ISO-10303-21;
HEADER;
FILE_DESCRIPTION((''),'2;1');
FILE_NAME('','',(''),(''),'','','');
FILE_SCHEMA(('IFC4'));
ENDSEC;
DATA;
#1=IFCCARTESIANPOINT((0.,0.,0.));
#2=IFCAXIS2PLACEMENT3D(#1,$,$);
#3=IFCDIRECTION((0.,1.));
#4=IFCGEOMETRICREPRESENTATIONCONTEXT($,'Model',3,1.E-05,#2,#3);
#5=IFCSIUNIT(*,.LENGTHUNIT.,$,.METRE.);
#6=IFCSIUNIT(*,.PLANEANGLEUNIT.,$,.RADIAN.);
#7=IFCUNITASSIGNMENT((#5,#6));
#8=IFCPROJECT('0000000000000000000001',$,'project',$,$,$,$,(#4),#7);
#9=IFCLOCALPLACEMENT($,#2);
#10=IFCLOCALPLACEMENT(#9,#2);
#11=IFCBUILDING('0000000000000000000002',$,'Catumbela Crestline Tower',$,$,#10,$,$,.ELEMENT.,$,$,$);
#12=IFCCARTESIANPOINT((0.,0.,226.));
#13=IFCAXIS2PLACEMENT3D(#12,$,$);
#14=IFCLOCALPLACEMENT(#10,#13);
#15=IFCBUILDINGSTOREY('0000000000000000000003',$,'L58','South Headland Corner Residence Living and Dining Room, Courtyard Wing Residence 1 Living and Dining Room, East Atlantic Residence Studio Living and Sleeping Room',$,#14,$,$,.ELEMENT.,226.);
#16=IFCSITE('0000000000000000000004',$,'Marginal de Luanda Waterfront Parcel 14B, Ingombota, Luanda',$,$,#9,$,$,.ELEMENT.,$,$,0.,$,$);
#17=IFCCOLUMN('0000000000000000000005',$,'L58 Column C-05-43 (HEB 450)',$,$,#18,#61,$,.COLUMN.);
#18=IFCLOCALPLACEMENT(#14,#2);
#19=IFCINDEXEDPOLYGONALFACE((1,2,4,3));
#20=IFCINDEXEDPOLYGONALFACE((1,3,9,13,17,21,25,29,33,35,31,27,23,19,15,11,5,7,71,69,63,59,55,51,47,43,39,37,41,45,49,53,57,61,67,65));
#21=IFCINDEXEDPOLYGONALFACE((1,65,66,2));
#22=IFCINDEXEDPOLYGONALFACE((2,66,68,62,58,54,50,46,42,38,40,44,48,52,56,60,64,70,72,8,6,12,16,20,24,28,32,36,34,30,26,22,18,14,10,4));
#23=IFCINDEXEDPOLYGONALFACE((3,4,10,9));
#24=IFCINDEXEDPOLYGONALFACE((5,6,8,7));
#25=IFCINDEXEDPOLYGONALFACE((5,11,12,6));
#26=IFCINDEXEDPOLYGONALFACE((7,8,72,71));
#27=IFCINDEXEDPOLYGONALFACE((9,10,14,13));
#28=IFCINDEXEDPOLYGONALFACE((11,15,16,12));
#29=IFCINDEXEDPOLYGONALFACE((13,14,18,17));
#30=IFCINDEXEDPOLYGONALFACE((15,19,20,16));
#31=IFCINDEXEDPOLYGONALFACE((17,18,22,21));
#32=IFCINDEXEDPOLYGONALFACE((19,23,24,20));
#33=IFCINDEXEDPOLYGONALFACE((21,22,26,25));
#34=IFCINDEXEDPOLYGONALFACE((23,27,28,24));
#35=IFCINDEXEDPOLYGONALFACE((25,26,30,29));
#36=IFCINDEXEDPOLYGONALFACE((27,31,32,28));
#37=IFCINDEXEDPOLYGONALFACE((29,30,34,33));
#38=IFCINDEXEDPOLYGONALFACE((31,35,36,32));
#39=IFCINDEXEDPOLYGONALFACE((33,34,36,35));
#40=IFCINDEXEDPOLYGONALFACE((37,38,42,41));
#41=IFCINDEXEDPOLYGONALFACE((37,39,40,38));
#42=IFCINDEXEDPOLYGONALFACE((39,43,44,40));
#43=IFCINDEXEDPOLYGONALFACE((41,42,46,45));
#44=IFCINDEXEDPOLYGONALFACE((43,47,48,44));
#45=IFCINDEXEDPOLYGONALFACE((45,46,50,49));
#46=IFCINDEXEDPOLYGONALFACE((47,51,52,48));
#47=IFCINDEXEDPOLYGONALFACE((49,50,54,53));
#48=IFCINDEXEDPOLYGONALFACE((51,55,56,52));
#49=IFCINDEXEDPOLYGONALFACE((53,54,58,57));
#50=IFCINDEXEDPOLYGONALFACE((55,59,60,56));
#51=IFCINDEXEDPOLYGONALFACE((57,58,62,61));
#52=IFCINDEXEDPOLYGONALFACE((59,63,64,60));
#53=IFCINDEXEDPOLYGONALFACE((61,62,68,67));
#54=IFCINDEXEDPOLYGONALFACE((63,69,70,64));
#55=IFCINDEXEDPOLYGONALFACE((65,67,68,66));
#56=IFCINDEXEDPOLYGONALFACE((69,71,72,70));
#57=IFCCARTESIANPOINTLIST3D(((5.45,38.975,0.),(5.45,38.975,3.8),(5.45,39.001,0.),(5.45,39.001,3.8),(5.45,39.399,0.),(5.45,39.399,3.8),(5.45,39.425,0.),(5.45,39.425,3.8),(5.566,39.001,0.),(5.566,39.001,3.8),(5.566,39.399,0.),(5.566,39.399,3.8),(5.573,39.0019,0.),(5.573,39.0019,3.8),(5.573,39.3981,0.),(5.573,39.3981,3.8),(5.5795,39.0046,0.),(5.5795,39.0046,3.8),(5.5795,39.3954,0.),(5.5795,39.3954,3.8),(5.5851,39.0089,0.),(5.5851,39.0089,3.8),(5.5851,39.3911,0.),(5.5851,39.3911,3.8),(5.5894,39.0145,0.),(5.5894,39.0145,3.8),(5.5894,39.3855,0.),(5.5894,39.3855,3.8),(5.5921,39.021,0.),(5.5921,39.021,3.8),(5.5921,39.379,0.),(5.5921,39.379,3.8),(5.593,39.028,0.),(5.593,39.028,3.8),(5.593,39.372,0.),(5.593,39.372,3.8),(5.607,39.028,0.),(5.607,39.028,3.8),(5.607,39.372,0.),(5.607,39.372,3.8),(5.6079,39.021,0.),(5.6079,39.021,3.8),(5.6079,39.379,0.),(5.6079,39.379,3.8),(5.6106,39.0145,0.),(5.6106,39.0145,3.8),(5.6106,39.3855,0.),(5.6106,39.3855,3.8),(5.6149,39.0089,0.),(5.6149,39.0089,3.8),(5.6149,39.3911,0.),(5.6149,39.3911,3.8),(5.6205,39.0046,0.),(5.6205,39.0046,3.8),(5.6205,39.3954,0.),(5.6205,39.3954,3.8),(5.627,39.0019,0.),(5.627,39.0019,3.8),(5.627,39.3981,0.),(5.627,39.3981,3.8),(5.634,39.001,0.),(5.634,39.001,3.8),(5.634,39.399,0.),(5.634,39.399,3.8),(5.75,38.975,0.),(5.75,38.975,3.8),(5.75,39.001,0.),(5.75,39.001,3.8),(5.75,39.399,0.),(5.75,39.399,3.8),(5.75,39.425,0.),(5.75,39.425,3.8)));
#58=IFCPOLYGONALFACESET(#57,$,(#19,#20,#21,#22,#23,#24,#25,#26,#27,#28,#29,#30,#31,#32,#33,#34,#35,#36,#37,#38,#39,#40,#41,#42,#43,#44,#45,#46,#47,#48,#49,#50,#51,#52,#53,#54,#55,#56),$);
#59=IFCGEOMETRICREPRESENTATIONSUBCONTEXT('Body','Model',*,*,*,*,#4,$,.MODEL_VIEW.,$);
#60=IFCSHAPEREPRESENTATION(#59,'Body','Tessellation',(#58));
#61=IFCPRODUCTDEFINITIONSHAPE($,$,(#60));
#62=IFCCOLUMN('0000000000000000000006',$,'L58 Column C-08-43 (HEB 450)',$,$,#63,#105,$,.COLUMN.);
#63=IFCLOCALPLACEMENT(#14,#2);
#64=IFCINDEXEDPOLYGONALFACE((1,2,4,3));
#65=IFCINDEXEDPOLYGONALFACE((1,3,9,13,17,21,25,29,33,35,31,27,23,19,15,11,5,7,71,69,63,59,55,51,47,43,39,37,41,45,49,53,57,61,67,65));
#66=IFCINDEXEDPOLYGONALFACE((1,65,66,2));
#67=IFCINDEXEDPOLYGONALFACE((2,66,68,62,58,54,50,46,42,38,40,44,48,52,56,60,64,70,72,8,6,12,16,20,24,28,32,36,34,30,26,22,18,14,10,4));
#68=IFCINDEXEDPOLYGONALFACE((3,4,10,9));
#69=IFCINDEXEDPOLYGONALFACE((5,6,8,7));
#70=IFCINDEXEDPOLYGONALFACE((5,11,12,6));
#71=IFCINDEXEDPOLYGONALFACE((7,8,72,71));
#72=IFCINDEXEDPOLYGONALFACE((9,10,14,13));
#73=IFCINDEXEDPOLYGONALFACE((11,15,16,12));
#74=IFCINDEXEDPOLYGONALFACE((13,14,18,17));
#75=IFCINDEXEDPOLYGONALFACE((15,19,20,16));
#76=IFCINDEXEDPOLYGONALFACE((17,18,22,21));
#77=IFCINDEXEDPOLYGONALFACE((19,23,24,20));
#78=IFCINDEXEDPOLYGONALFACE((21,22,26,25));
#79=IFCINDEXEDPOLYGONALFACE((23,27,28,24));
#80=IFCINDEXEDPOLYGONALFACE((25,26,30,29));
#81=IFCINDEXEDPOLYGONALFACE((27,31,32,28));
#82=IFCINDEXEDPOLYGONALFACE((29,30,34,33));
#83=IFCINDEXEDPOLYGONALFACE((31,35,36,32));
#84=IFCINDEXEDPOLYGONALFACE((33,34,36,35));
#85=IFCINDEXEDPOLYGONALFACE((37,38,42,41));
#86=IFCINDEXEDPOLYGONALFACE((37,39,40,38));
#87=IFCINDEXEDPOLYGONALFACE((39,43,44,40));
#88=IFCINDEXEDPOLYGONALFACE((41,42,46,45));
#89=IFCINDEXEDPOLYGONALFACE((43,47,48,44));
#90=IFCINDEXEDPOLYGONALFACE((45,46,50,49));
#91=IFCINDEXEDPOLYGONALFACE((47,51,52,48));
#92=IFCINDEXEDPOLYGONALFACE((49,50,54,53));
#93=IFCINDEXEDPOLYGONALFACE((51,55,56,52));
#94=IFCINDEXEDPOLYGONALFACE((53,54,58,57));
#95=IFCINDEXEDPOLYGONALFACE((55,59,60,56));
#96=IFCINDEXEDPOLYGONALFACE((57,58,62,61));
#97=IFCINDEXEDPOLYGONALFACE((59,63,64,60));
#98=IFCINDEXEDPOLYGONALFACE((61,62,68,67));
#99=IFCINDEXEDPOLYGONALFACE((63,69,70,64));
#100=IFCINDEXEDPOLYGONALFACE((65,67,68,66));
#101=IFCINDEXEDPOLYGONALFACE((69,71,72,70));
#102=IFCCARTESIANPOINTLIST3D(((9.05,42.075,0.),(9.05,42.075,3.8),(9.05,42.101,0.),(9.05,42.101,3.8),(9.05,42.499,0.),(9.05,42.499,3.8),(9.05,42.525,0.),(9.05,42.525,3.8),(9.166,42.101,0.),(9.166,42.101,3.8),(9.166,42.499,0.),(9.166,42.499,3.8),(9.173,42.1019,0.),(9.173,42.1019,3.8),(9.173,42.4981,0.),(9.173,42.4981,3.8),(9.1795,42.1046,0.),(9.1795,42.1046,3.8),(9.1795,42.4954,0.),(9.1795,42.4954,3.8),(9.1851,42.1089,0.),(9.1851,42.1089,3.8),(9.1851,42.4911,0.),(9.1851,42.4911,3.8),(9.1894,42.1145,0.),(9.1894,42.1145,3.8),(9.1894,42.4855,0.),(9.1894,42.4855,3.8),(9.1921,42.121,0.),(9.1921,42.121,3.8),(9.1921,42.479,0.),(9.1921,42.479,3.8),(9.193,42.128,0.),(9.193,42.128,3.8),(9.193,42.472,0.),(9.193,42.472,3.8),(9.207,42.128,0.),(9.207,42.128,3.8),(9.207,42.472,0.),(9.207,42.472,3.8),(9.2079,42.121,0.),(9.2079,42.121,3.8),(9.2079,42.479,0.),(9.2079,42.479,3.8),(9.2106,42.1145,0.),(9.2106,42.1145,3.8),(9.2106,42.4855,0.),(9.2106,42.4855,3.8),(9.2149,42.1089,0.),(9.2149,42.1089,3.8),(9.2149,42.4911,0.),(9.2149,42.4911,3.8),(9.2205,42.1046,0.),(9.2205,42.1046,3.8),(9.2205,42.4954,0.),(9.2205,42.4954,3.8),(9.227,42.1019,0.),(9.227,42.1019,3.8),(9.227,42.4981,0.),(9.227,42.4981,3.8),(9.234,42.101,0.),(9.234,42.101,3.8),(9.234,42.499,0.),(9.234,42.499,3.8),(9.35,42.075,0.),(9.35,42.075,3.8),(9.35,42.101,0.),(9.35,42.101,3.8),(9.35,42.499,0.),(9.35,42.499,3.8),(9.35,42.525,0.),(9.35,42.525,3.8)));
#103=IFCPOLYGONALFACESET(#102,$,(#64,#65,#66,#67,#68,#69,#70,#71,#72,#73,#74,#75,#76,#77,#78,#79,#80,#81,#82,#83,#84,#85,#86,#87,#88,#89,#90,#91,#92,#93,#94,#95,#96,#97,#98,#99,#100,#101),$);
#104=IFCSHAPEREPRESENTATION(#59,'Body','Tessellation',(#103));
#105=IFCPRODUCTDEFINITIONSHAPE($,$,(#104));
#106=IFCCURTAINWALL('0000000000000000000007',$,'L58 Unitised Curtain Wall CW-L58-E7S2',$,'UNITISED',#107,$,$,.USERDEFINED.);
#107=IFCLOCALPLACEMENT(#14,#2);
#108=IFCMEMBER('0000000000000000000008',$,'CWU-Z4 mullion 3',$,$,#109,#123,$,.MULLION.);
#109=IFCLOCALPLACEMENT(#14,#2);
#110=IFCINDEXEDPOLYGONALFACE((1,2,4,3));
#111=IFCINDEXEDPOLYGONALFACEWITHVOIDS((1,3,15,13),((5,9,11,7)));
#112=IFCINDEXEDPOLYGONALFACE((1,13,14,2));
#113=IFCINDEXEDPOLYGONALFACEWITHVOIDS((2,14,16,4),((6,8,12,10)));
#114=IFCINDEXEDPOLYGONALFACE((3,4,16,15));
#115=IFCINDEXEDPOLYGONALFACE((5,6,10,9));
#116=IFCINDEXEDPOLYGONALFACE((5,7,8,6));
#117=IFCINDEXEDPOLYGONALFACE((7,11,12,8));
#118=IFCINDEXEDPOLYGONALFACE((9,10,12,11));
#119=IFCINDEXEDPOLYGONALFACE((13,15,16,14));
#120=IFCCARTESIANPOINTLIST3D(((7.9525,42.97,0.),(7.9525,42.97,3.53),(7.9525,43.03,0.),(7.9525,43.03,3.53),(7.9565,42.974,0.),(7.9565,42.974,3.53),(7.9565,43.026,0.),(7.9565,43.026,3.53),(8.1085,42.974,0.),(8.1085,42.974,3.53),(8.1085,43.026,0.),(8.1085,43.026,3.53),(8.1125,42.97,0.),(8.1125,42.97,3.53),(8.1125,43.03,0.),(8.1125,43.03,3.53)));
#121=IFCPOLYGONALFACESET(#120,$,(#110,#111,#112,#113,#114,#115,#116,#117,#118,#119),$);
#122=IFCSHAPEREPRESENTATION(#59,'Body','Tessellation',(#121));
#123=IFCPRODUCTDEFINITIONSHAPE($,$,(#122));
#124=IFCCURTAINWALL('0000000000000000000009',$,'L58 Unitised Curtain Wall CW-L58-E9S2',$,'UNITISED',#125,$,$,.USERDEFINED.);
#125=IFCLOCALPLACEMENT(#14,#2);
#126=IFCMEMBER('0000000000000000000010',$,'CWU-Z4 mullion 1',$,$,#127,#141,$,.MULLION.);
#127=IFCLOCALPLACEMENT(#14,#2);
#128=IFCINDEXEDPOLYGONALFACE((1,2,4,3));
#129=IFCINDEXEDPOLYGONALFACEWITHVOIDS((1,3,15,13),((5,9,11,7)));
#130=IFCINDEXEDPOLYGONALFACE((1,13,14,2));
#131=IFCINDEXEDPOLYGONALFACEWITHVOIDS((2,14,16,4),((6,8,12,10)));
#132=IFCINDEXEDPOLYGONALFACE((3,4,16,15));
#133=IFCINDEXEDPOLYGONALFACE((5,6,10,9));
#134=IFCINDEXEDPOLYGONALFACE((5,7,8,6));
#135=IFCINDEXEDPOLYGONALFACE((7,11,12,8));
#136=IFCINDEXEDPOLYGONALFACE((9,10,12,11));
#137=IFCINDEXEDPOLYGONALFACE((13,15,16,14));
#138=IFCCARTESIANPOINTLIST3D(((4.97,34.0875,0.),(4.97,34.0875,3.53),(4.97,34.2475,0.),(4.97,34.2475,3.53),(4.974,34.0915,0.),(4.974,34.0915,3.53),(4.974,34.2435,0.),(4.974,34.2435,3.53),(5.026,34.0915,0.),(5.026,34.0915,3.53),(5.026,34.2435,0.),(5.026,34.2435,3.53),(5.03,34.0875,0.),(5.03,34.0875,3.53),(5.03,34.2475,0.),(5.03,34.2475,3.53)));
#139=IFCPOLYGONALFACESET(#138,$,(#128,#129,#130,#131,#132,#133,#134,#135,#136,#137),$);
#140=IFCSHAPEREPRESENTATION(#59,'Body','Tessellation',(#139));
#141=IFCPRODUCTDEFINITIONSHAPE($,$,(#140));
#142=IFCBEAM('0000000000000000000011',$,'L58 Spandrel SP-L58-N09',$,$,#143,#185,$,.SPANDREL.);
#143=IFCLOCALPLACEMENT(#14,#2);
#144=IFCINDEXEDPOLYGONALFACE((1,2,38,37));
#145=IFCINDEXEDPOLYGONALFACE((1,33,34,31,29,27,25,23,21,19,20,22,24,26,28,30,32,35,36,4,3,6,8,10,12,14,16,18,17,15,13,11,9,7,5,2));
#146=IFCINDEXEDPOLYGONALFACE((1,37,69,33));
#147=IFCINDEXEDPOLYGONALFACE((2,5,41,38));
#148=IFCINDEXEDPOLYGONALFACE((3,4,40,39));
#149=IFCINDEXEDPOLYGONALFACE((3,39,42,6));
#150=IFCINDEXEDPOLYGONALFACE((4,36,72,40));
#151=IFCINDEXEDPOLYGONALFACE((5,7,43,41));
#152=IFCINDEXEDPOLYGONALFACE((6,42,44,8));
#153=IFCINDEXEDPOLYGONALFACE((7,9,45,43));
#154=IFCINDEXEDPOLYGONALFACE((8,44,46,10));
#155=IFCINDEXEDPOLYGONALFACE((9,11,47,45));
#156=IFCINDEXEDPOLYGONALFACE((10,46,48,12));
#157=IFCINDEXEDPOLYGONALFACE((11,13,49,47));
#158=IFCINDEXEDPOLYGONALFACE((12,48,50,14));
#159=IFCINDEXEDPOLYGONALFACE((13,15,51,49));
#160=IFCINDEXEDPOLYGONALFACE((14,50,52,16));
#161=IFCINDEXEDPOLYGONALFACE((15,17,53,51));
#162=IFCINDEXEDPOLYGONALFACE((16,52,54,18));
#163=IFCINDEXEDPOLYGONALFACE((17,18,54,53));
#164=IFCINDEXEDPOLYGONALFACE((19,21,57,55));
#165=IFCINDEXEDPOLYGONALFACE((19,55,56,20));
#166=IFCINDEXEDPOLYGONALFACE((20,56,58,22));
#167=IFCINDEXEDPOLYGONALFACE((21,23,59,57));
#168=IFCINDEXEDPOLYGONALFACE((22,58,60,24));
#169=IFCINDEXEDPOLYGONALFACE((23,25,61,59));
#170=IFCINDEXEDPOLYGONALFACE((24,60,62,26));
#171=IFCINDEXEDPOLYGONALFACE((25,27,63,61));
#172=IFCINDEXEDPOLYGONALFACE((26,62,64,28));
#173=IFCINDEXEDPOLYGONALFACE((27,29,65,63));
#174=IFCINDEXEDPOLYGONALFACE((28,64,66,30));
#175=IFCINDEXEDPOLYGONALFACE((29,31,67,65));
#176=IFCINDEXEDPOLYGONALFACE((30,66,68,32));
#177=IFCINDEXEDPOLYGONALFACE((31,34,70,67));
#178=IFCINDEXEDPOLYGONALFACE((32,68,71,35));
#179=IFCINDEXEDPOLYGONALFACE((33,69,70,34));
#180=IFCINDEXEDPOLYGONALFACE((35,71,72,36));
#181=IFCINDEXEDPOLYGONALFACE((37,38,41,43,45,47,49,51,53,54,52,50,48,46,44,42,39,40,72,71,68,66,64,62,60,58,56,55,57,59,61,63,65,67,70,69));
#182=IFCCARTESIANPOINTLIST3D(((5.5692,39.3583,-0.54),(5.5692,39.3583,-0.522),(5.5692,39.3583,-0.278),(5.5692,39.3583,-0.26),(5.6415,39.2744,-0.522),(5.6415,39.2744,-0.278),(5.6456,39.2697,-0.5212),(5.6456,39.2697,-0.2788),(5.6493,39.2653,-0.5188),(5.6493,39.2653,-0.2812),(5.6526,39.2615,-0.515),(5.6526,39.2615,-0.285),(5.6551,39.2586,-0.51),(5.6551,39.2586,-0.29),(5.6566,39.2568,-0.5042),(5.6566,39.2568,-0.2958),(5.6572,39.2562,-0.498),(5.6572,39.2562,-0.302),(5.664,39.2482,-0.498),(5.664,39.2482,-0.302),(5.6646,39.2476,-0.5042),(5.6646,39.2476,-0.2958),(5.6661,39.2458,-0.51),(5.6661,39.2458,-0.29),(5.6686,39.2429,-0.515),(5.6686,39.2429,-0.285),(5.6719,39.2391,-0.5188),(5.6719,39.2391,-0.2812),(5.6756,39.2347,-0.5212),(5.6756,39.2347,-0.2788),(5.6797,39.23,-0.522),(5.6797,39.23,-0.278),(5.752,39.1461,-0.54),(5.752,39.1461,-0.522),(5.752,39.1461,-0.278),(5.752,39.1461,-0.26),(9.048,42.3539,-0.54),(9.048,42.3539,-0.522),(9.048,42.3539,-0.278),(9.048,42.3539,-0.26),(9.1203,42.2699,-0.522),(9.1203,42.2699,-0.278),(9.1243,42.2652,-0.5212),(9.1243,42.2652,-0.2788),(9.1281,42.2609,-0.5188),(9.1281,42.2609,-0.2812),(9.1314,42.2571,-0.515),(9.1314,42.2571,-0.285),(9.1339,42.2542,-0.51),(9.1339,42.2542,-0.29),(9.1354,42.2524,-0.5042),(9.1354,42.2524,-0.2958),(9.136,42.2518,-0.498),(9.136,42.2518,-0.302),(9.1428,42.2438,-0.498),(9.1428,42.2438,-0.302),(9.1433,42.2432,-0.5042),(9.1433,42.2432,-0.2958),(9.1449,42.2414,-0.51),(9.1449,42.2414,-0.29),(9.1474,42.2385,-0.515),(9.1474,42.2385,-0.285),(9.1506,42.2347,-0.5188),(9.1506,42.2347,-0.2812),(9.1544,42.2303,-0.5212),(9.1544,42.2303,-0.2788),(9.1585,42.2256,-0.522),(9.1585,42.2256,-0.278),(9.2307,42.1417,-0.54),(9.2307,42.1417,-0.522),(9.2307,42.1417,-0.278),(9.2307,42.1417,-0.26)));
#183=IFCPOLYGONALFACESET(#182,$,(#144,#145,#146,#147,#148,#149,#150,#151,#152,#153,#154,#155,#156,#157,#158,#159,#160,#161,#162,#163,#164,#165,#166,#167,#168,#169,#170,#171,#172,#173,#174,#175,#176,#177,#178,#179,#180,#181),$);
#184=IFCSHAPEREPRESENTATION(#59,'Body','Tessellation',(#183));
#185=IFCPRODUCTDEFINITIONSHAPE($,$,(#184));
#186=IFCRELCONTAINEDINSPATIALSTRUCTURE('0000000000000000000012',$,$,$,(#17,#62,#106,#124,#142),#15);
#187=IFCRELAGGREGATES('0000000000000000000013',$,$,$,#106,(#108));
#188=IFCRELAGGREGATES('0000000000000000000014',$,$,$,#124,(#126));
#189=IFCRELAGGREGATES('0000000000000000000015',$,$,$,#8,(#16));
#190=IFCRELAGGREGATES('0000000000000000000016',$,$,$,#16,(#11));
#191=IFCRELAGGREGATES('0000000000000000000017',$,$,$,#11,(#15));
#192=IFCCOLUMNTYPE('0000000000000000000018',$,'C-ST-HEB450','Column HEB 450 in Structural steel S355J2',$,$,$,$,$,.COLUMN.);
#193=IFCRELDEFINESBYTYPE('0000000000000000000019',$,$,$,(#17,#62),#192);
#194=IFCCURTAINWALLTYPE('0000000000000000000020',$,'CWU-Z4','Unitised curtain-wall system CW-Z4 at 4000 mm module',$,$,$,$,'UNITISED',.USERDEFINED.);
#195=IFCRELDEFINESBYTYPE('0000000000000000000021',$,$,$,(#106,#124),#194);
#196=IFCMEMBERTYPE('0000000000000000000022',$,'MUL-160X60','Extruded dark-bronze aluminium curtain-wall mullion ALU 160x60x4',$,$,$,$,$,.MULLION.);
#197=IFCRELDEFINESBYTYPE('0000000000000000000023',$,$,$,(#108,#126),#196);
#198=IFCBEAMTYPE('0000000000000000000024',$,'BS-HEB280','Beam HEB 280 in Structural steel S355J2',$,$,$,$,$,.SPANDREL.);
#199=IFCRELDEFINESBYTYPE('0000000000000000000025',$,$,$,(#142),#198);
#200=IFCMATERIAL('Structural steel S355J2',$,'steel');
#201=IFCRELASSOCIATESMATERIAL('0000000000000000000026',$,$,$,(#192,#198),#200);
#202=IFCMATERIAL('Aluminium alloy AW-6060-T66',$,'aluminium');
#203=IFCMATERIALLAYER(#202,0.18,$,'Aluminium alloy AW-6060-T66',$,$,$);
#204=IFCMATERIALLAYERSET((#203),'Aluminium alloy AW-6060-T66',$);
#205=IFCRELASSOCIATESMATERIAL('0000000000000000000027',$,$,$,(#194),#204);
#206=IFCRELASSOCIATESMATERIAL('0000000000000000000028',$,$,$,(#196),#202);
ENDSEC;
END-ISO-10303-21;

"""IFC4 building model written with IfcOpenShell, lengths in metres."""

from ifc_helpers import new_model, si_unit, direction, frame, origin, origin_2d, place, context, subcontext, project, spatial, hollow_rectangle, i_section, extrude, material, layer, layer_set, material_profile, profile_set, type_object, element, aggregate, save


model = new_model("IFC4")

# Units and contexts
model_context = context("Model", 3, precision=1e-05, world=origin(), true_north=direction((0.0, 1.0)))
body_context = subcontext(model_context, "Body", "Model", "MODEL_VIEW")
ifc_project = project(units=[si_unit("LENGTHUNIT", "METRE"), si_unit("PLANEANGLEUNIT", "RADIAN")], contexts=[model_context])

# Site, building, storey
site_placement = place(None, origin())
site = spatial("IfcSite", under=ifc_project, at=site_placement, Name="Marginal de Luanda Waterfront Parcel 14B, Ingombota, Luanda", CompositionType="ELEMENT", RefElevation=0.0)
building_placement = place(site_placement, origin())
building = spatial("IfcBuilding", under=site, at=building_placement, Name="Catumbela Crestline Tower", CompositionType="ELEMENT")
storey_placement = place(building_placement, frame((0.0, 0.0, 226.0)))
storey = spatial("IfcBuildingStorey", under=building, at=storey_placement, Name="L58", Description="South Headland Corner Residence Living and Dining Room, Courtyard Wing Residence 1 Living and Dining Room, East Atlantic Residence Studio Living and Sleeping Room", CompositionType="ELEMENT", Elevation=226.0)

# Columns
ifc_material_1 = material(Name="Structural steel S355J2", Category="steel")
ifc_material_profile_1 = material_profile(ifc_material_1, i_section(OverallWidth=0.3, OverallDepth=0.45, WebThickness=0.014, FlangeThickness=0.026, FilletRadius=0.027, at=origin_2d()), Name="HEB 450")
ifc_profile_set_1 = profile_set([ifc_material_profile_1], Name="Structural steel S355J2")
column_type = type_object("IfcColumnType", Name="C-ST-HEB450", Description="Column HEB 450 in Structural steel S355J2", PredefinedType="COLUMN", material=ifc_profile_set_1)
for number, where, z_axis, x_axis, name in (
    (1, (5.6, 39.2, 0.0), (0.0, 0.0, 1.0), (1.0, 0.0, 0.0), "L58 Column C-05-43 (HEB 450)"),
    (2, (9.2, 42.3, 0.0), (0.0, 0.0, 1.0), (1.0, 0.0, 0.0), "L58 Column C-08-43 (HEB 450)"),
):
    element("IfcColumn", number, at=place(storey_placement, frame(where, z_axis=z_axis, x_axis=x_axis)), inside=storey, type_object=column_type, Name=name, PredefinedType="COLUMN", context=body_context, shape_type="SweptSolid", body=[
        extrude(i_section(OverallWidth=0.3, OverallDepth=0.45, WebThickness=0.014, FlangeThickness=0.026, FilletRadius=0.027, at=origin_2d()), origin(), (0.0, 0.0, 1.0), 3.8),
    ])

# Curtain walls, members
ifc_material_2 = material(Name="Aluminium alloy AW-6060-T66", Category="aluminium")
ifc_layer_1 = layer(ifc_material_2, 0.18, Name="Aluminium alloy AW-6060-T66")
ifc_layer_set_1 = layer_set([ifc_layer_1], Name="Aluminium alloy AW-6060-T66")
curtain_wall_type = type_object("IfcCurtainWallType", Name="CWU-Z4", Description="Unitised curtain-wall system CW-Z4 at 4000 mm module", ElementType="UNITISED", PredefinedType="USERDEFINED", material=ifc_layer_set_1)
curtain_wall_1_placement = place(storey_placement, origin())
curtain_wall_1 = element("IfcCurtainWall", 3, at=curtain_wall_1_placement, inside=storey, type_object=curtain_wall_type, Name="L58 Unitised Curtain Wall CW-L58-E7S2", ObjectType="UNITISED", PredefinedType="USERDEFINED")
ifc_material_profile_2 = material_profile(ifc_material_2, hollow_rectangle(XDim=0.06, YDim=0.16, WallThickness=0.004, at=origin_2d()), Name="ALU 160x60x4")
ifc_profile_set_2 = profile_set([ifc_material_profile_2], Name="Aluminium alloy AW-6060-T66")
member_type_1 = type_object("IfcMemberType", Name="MUL-160X60", Description="Extruded dark-bronze aluminium curtain-wall mullion ALU 160x60x4", PredefinedType="MULLION", material=ifc_profile_set_2)
member_1_placement = place(storey_placement, frame((8.0325, 43.0, 0.0), z_axis=(0.0, 0.0, 1.0), x_axis=(0.0, -1.0, 0.0)))
member_1 = element("IfcMember", 4, at=member_1_placement, type_object=member_type_1, Name="CWU-Z4 mullion 3", PredefinedType="MULLION", context=body_context, shape_type="SweptSolid", body=[
    extrude(hollow_rectangle(XDim=0.06, YDim=0.16, WallThickness=0.004, at=origin_2d()), origin(), (0.0, 0.0, 1.0), 3.53),
])
aggregate(curtain_wall_1, [member_1])
curtain_wall_2_placement = place(storey_placement, origin())
curtain_wall_2 = element("IfcCurtainWall", 5, at=curtain_wall_2_placement, inside=storey, type_object=curtain_wall_type, Name="L58 Unitised Curtain Wall CW-L58-E9S2", ObjectType="UNITISED", PredefinedType="USERDEFINED")
member_2_placement = place(storey_placement, frame((5.0, 34.1675, 0.0), z_axis=(0.0, 0.0, 1.0), x_axis=(1.0, 0.0, 0.0)))
member_2 = element("IfcMember", 6, at=member_2_placement, type_object=member_type_1, Name="CWU-Z4 mullion 1", PredefinedType="MULLION", context=body_context, shape_type="SweptSolid", body=[
    extrude(hollow_rectangle(XDim=0.06, YDim=0.16, WallThickness=0.004, at=origin_2d()), origin(), (0.0, 0.0, 1.0), 3.53),
])

# Beam
ifc_material_profile_3 = material_profile(ifc_material_1, i_section(OverallWidth=0.28, OverallDepth=0.28, WebThickness=0.0105, FlangeThickness=0.018, FilletRadius=0.024, at=origin_2d()), Name="HEB 280")
ifc_profile_set_3 = profile_set([ifc_material_profile_3], Name="Structural steel S355J2")
beam_type = type_object("IfcBeamType", Name="BS-HEB280", Description="Beam HEB 280 in Structural steel S355J2", PredefinedType="SPANDREL", material=ifc_profile_set_3)
beam_1_placement = place(storey_placement, frame((5.6606, 39.2522, -0.4), z_axis=(0.757772, 0.652519, 0.0), x_axis=(-0.652519, 0.757772, 0.0)))
element("IfcBeam", 7, at=beam_1_placement, inside=storey, type_object=beam_type, Name="L58 Spandrel SP-L58-N09", PredefinedType="SPANDREL", context=body_context, shape_type="SweptSolid", body=[
    extrude(i_section(OverallWidth=0.28, OverallDepth=0.28, WebThickness=0.0105, FlangeThickness=0.018, FilletRadius=0.024, at=origin_2d()), origin(), (0.0, 0.0, 1.0), 4.5908),
])

aggregate(curtain_wall_2, [member_2])

save(model, "model.ifc")
